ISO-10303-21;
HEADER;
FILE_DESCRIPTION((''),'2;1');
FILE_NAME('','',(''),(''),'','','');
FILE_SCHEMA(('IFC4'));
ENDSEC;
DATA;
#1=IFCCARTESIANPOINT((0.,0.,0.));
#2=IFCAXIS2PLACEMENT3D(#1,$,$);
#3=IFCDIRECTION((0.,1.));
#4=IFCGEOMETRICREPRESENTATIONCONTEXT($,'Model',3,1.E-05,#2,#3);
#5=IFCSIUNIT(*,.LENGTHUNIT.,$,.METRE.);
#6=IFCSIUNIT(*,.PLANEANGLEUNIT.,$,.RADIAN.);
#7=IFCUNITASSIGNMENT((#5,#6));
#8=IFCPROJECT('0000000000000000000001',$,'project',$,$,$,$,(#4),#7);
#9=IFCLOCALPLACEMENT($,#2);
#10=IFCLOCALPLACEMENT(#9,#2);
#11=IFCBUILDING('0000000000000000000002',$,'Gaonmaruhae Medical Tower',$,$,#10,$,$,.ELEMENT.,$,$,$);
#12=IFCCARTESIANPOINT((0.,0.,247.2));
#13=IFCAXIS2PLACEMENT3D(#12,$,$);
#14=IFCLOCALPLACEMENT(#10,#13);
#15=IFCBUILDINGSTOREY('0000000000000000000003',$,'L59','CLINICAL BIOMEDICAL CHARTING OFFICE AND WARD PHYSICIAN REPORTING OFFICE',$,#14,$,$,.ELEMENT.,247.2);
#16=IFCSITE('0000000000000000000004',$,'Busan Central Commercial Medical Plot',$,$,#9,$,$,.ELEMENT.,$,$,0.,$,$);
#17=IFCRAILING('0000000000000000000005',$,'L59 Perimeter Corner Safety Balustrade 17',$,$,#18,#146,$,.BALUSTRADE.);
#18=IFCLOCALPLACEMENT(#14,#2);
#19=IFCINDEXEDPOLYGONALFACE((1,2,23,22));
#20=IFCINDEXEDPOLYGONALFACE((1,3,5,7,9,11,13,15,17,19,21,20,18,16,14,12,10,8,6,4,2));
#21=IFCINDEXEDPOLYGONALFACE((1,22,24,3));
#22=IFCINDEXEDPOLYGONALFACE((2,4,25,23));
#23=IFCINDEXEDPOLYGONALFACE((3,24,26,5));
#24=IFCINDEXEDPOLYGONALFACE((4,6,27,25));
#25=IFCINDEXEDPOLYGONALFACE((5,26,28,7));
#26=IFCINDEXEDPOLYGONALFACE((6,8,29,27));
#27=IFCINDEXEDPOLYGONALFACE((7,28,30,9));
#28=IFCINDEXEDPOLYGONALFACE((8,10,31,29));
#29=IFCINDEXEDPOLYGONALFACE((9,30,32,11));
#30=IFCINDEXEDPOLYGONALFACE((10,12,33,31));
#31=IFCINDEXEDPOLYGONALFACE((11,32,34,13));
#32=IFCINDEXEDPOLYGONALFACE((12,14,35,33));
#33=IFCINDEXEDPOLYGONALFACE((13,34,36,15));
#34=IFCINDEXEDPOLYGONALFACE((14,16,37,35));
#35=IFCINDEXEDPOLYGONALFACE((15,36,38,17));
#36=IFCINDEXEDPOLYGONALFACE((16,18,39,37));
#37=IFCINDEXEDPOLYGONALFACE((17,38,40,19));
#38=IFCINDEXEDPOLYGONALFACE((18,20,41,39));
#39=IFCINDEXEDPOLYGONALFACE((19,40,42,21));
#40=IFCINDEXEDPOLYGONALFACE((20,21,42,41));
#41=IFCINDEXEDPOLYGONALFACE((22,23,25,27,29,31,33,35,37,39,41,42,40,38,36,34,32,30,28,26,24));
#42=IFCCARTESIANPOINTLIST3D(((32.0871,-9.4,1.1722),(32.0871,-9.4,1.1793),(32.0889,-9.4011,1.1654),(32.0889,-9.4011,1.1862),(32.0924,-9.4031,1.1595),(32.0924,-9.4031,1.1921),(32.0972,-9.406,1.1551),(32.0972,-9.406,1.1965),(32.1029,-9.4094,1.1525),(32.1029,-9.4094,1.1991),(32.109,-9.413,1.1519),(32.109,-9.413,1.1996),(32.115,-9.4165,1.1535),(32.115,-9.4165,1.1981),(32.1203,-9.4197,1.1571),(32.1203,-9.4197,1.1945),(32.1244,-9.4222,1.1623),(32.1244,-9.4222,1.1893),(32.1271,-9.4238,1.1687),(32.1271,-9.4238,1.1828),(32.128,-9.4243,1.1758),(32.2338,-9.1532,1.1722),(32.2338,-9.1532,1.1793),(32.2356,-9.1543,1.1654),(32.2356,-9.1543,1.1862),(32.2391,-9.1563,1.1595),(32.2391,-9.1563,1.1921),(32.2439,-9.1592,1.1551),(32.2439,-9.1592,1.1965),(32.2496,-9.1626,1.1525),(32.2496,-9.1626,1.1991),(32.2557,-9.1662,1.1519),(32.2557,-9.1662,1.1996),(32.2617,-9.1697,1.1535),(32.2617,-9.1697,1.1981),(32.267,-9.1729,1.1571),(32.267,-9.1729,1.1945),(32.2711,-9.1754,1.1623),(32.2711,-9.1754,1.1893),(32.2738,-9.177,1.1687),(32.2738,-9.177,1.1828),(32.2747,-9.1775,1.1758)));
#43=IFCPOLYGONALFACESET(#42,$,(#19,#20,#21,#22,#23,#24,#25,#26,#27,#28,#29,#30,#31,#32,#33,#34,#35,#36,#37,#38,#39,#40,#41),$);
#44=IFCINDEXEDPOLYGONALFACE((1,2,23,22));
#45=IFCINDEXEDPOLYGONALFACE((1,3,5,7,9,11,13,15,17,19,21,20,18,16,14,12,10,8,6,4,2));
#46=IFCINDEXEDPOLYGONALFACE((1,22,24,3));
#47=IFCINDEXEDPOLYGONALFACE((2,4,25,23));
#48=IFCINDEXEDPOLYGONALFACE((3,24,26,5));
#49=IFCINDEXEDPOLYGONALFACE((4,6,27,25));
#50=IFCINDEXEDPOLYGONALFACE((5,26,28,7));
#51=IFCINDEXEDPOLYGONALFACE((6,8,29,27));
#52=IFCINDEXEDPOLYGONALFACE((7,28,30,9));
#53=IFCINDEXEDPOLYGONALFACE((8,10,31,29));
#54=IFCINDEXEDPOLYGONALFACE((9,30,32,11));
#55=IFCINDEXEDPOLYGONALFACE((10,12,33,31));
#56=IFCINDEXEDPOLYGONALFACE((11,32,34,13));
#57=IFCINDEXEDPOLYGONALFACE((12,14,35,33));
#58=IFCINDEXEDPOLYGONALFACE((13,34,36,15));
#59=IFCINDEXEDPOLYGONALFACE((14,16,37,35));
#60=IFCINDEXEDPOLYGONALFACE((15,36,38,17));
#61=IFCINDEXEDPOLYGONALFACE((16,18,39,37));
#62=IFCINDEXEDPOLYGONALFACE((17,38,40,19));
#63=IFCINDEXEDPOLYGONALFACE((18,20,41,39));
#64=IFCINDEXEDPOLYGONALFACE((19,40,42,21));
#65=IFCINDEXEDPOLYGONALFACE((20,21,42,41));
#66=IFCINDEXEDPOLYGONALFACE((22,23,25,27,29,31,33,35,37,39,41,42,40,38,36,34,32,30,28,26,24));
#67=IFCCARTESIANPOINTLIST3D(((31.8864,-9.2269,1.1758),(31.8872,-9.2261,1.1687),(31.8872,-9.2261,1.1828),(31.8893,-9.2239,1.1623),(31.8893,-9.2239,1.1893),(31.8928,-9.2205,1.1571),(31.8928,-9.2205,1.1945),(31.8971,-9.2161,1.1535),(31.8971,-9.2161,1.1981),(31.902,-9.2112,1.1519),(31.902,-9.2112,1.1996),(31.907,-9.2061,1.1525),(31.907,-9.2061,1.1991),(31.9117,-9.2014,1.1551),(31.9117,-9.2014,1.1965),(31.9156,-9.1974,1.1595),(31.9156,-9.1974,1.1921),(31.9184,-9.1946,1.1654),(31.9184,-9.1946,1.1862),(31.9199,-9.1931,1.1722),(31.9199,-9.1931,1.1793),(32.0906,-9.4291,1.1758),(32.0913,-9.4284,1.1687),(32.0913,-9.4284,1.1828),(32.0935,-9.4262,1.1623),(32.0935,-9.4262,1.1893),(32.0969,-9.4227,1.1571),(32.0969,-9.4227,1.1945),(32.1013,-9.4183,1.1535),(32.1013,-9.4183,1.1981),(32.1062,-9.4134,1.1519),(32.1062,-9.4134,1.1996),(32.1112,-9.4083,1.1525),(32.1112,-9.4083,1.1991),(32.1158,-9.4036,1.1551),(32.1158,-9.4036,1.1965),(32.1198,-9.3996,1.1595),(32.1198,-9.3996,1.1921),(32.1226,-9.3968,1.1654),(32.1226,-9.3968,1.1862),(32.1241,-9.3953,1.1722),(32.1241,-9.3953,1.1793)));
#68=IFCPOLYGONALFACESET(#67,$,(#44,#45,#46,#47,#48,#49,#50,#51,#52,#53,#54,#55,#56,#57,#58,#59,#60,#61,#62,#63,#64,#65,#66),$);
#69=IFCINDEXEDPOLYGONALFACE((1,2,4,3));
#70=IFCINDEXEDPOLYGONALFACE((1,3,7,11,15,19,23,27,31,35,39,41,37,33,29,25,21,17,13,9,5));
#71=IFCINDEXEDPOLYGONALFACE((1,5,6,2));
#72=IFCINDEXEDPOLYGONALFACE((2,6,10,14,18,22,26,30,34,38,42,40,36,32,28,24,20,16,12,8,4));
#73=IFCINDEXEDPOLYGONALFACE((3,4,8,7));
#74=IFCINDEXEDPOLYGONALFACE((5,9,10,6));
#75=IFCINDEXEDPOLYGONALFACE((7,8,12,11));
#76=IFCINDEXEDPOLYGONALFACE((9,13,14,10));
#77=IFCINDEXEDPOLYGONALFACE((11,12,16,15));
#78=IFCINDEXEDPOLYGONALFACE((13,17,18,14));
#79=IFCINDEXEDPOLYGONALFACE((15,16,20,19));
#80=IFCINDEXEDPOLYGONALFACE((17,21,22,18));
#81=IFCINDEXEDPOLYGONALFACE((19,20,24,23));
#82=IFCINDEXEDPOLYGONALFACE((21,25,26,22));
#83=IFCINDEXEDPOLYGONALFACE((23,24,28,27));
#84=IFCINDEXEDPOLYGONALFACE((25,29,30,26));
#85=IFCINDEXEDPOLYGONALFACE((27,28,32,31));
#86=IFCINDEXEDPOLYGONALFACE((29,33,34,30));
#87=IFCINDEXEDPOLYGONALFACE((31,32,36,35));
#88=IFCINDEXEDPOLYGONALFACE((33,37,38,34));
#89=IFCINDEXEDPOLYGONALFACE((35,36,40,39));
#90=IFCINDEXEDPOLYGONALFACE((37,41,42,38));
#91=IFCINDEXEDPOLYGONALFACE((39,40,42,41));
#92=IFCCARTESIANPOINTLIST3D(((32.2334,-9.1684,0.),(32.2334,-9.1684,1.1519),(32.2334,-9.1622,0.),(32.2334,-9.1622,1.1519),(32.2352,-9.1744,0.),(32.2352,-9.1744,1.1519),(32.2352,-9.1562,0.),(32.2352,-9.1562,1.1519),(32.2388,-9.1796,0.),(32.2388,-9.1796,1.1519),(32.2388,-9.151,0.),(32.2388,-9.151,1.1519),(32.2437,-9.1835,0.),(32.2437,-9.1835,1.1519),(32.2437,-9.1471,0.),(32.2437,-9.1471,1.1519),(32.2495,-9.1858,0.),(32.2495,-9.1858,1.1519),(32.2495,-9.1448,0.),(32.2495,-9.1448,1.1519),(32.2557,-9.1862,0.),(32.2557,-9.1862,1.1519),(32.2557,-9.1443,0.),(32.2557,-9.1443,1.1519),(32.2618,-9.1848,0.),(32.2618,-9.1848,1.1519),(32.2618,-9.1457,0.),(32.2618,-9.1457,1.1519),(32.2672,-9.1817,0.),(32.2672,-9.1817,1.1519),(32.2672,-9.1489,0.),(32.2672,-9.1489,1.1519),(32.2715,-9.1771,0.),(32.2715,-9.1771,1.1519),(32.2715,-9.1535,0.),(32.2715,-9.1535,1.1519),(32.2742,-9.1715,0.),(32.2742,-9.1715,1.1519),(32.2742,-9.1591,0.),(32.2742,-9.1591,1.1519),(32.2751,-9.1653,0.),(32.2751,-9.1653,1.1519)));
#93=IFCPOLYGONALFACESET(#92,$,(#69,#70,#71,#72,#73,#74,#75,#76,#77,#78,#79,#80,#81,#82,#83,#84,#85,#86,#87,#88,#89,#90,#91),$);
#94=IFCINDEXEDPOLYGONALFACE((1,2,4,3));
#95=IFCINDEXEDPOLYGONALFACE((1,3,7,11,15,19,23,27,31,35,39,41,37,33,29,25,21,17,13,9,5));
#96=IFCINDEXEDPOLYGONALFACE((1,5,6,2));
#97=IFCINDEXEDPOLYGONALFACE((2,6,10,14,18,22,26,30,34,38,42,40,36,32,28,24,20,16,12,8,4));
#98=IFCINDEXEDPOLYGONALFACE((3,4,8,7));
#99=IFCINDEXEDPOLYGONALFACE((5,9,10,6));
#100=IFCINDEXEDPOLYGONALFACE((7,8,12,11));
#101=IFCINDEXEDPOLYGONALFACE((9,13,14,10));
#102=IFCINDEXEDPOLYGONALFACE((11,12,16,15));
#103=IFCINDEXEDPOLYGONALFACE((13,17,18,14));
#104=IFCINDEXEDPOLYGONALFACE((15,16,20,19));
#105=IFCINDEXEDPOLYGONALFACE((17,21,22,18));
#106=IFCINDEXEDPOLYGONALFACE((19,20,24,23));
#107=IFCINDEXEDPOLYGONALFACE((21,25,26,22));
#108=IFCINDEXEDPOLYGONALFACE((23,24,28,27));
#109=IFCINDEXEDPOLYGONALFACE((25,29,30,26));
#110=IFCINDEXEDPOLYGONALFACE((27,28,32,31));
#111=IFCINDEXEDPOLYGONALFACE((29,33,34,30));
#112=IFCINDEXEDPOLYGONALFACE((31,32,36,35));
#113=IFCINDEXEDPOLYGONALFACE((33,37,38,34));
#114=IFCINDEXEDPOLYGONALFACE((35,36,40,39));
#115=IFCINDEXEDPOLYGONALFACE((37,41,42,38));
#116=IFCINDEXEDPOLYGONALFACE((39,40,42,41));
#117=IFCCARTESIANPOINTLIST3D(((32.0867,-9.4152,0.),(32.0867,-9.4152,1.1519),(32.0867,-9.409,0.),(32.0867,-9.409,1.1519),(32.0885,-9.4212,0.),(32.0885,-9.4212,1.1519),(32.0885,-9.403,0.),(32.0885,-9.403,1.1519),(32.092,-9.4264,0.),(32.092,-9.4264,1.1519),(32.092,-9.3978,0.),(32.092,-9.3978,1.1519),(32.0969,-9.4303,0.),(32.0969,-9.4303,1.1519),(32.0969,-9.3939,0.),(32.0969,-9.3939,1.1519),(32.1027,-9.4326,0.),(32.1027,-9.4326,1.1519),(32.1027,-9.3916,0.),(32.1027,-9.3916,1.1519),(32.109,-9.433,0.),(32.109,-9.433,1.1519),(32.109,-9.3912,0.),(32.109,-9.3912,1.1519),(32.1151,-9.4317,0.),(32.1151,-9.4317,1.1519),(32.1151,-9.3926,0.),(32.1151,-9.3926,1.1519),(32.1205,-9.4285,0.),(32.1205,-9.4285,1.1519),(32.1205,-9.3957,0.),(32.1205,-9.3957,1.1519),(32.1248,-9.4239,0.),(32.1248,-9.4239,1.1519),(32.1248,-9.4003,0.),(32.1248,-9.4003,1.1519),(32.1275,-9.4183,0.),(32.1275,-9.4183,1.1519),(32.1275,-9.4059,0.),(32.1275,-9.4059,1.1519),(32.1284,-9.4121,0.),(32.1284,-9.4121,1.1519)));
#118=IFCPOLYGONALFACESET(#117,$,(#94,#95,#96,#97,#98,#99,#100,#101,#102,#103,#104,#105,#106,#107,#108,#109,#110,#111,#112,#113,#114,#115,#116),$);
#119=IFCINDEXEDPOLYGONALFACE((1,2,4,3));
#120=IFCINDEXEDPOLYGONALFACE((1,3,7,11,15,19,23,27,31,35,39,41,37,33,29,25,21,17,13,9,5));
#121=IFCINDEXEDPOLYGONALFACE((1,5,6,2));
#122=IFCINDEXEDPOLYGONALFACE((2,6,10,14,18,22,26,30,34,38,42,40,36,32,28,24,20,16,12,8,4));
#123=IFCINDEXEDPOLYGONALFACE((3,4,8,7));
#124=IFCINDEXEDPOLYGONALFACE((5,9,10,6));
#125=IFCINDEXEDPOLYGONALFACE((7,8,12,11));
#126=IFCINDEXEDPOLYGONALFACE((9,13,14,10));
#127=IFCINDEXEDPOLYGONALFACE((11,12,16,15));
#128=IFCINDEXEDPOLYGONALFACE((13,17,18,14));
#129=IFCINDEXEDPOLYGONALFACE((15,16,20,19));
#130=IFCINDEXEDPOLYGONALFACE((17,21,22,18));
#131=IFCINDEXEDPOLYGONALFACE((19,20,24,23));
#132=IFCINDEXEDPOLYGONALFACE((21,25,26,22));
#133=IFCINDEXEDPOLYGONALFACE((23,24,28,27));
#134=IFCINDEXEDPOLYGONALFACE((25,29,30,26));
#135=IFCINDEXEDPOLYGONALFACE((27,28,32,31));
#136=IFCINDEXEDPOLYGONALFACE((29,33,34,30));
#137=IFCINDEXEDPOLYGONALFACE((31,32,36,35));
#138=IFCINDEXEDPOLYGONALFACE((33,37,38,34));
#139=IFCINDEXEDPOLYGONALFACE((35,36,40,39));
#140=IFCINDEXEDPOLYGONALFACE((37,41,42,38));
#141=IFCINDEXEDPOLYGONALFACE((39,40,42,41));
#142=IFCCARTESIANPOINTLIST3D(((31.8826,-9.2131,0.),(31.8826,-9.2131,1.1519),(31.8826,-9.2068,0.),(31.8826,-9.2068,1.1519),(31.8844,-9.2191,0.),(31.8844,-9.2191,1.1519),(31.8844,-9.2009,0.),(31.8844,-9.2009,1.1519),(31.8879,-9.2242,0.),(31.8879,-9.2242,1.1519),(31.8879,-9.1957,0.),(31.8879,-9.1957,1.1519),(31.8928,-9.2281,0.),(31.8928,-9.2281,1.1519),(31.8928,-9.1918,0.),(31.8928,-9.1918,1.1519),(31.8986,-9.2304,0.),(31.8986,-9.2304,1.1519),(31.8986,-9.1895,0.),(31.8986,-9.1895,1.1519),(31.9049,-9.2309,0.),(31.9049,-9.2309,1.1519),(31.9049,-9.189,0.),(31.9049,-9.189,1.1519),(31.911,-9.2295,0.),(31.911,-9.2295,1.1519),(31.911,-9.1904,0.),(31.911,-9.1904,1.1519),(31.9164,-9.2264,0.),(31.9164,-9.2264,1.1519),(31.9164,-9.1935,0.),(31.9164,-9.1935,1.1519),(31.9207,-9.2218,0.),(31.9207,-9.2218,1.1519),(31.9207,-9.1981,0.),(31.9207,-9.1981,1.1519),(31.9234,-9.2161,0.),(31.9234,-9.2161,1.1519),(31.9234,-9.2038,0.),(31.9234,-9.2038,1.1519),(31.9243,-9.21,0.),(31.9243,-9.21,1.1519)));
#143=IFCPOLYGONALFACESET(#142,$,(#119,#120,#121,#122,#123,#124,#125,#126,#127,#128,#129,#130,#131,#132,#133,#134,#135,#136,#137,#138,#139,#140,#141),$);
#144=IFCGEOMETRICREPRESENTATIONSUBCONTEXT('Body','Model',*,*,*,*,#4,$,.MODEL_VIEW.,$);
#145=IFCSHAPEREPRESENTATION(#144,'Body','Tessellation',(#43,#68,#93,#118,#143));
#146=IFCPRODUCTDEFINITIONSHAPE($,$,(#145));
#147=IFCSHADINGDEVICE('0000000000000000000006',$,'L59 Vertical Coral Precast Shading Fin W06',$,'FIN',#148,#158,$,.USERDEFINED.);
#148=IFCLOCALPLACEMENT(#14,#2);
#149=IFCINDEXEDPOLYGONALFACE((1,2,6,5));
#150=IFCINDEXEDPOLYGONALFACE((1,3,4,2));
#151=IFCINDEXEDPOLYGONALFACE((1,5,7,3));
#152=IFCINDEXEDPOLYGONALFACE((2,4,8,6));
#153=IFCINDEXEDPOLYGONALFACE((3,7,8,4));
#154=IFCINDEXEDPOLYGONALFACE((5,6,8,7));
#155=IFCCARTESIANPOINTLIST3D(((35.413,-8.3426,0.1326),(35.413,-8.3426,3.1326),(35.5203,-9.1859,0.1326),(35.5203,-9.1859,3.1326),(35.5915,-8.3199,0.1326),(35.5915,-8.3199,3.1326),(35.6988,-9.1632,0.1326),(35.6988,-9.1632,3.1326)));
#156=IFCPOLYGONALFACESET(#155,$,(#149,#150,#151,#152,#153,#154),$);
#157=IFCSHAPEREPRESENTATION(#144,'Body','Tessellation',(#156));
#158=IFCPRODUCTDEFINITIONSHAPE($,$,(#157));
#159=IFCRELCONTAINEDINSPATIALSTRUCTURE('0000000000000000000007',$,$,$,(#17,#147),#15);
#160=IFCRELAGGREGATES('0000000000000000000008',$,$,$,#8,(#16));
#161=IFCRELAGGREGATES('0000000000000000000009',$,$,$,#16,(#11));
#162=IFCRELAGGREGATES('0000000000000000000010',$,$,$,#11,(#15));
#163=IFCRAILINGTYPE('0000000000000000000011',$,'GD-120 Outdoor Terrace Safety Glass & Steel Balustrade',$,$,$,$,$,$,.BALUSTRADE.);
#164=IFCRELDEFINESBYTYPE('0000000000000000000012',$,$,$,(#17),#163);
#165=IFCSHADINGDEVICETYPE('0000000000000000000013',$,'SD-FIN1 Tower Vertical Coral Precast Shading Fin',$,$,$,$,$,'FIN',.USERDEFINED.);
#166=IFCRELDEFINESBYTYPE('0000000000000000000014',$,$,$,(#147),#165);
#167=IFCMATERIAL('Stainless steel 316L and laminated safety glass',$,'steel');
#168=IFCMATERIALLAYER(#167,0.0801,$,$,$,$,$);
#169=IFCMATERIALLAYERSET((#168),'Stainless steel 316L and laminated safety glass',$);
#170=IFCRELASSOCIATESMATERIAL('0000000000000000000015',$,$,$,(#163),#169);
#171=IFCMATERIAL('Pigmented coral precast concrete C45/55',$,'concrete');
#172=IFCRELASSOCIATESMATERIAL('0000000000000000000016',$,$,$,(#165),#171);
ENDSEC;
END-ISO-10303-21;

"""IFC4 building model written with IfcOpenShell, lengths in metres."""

from ifc_helpers import new_model, si_unit, direction, frame, origin, origin_2d, place, context, subcontext, project, spatial, rectangle, circle, extrude, material, layer, layer_set, type_object, element, save


model = new_model("IFC4")

# Units and contexts
model_context = context("Model", 3, precision=1e-05, world=origin(), true_north=direction((0.0, 1.0)))
body_context = subcontext(model_context, "Body", "Model", "MODEL_VIEW")
ifc_project = project(units=[si_unit("LENGTHUNIT", "METRE"), si_unit("PLANEANGLEUNIT", "RADIAN")], contexts=[model_context])

# Site, building, storey
site_placement = place(None, origin())
site = spatial("IfcSite", under=ifc_project, at=site_placement, Name="Busan Central Commercial Medical Plot", CompositionType="ELEMENT", RefElevation=0.0)
building_placement = place(site_placement, origin())
building = spatial("IfcBuilding", under=site, at=building_placement, Name="Gaonmaruhae Medical Tower", CompositionType="ELEMENT")
storey_placement = place(building_placement, frame((0.0, 0.0, 247.2)))
storey = spatial("IfcBuildingStorey", under=building, at=storey_placement, Name="L59", Description="CLINICAL BIOMEDICAL CHARTING OFFICE AND WARD PHYSICIAN REPORTING OFFICE", CompositionType="ELEMENT", Elevation=247.2)

# Railing
ifc_material_1 = material(Name="Stainless steel 316L and laminated safety glass", Category="steel")
ifc_layer_1 = layer(ifc_material_1, 0.0801)
ifc_layer_set_1 = layer_set([ifc_layer_1], Name="Stainless steel 316L and laminated safety glass")
railing_type = type_object("IfcRailingType", Name="GD-120 Outdoor Terrace Safety Glass & Steel Balustrade", PredefinedType="BALUSTRADE", material=ifc_layer_set_1)
railing_1_placement = place(storey_placement, frame((32.2542, -9.1653, 0.0)))
element("IfcRailing", 1, at=railing_1_placement, inside=storey, type_object=railing_type, Name="L59 Perimeter Corner Safety Balustrade 17", PredefinedType="BALUSTRADE", context=body_context, shape_type="SweptSolid", body=[
    extrude(circle(Radius=0.0239, at=origin_2d()), frame((0.0, 0.0, 1.1758), z_axis=(-0.510991, -0.859586, 0.0), x_axis=(0.859586, -0.510991, 0.0)), (0.0, 0.0, 1.0), 0.2871),
    extrude(circle(Radius=0.0239, at=origin_2d()), frame((-0.1467, -0.2468, 1.1758), z_axis=(-0.710498, 0.703699, 0.0), x_axis=(-0.703699, -0.710498, 0.0)), (0.0, 0.0, 1.0), 0.2874),
    extrude(circle(Radius=0.021, at=origin_2d()), origin(), (0.0, 0.0, 1.0), 1.1519),
    extrude(circle(Radius=0.021, at=origin_2d()), frame((-0.1467, -0.2468, 0.0)), (0.0, 0.0, 1.0), 1.1519),
    extrude(circle(Radius=0.021, at=origin_2d()), frame((-0.3508, -0.0447, 0.0)), (0.0, 0.0, 1.0), 1.1519),
])

# Shading device
ifc_material_2 = material(Name="Pigmented coral precast concrete C45/55", Category="concrete")
shading_device_type = type_object("IfcShadingDeviceType", Name="SD-FIN1 Tower Vertical Coral Precast Shading Fin", ElementType="FIN", PredefinedType="USERDEFINED", material=ifc_material_2)
shading_device_placement = place(storey_placement, frame((35.5559, -8.7529, 0.1326), z_axis=(0.0, 0.0, 1.0), x_axis=(-0.992005, -0.126199, 0.0)))
element("IfcShadingDevice", 2, at=shading_device_placement, inside=storey, type_object=shading_device_type, Name="L59 Vertical Coral Precast Shading Fin W06", ObjectType="FIN", PredefinedType="USERDEFINED", context=body_context, shape_type="SweptSolid", body=[
    extrude(rectangle(XDim=0.1799, YDim=0.8501, at=origin_2d()), origin(), (0.0, 0.0, 1.0), 3.0),
])

save(model, "model.ifc")
